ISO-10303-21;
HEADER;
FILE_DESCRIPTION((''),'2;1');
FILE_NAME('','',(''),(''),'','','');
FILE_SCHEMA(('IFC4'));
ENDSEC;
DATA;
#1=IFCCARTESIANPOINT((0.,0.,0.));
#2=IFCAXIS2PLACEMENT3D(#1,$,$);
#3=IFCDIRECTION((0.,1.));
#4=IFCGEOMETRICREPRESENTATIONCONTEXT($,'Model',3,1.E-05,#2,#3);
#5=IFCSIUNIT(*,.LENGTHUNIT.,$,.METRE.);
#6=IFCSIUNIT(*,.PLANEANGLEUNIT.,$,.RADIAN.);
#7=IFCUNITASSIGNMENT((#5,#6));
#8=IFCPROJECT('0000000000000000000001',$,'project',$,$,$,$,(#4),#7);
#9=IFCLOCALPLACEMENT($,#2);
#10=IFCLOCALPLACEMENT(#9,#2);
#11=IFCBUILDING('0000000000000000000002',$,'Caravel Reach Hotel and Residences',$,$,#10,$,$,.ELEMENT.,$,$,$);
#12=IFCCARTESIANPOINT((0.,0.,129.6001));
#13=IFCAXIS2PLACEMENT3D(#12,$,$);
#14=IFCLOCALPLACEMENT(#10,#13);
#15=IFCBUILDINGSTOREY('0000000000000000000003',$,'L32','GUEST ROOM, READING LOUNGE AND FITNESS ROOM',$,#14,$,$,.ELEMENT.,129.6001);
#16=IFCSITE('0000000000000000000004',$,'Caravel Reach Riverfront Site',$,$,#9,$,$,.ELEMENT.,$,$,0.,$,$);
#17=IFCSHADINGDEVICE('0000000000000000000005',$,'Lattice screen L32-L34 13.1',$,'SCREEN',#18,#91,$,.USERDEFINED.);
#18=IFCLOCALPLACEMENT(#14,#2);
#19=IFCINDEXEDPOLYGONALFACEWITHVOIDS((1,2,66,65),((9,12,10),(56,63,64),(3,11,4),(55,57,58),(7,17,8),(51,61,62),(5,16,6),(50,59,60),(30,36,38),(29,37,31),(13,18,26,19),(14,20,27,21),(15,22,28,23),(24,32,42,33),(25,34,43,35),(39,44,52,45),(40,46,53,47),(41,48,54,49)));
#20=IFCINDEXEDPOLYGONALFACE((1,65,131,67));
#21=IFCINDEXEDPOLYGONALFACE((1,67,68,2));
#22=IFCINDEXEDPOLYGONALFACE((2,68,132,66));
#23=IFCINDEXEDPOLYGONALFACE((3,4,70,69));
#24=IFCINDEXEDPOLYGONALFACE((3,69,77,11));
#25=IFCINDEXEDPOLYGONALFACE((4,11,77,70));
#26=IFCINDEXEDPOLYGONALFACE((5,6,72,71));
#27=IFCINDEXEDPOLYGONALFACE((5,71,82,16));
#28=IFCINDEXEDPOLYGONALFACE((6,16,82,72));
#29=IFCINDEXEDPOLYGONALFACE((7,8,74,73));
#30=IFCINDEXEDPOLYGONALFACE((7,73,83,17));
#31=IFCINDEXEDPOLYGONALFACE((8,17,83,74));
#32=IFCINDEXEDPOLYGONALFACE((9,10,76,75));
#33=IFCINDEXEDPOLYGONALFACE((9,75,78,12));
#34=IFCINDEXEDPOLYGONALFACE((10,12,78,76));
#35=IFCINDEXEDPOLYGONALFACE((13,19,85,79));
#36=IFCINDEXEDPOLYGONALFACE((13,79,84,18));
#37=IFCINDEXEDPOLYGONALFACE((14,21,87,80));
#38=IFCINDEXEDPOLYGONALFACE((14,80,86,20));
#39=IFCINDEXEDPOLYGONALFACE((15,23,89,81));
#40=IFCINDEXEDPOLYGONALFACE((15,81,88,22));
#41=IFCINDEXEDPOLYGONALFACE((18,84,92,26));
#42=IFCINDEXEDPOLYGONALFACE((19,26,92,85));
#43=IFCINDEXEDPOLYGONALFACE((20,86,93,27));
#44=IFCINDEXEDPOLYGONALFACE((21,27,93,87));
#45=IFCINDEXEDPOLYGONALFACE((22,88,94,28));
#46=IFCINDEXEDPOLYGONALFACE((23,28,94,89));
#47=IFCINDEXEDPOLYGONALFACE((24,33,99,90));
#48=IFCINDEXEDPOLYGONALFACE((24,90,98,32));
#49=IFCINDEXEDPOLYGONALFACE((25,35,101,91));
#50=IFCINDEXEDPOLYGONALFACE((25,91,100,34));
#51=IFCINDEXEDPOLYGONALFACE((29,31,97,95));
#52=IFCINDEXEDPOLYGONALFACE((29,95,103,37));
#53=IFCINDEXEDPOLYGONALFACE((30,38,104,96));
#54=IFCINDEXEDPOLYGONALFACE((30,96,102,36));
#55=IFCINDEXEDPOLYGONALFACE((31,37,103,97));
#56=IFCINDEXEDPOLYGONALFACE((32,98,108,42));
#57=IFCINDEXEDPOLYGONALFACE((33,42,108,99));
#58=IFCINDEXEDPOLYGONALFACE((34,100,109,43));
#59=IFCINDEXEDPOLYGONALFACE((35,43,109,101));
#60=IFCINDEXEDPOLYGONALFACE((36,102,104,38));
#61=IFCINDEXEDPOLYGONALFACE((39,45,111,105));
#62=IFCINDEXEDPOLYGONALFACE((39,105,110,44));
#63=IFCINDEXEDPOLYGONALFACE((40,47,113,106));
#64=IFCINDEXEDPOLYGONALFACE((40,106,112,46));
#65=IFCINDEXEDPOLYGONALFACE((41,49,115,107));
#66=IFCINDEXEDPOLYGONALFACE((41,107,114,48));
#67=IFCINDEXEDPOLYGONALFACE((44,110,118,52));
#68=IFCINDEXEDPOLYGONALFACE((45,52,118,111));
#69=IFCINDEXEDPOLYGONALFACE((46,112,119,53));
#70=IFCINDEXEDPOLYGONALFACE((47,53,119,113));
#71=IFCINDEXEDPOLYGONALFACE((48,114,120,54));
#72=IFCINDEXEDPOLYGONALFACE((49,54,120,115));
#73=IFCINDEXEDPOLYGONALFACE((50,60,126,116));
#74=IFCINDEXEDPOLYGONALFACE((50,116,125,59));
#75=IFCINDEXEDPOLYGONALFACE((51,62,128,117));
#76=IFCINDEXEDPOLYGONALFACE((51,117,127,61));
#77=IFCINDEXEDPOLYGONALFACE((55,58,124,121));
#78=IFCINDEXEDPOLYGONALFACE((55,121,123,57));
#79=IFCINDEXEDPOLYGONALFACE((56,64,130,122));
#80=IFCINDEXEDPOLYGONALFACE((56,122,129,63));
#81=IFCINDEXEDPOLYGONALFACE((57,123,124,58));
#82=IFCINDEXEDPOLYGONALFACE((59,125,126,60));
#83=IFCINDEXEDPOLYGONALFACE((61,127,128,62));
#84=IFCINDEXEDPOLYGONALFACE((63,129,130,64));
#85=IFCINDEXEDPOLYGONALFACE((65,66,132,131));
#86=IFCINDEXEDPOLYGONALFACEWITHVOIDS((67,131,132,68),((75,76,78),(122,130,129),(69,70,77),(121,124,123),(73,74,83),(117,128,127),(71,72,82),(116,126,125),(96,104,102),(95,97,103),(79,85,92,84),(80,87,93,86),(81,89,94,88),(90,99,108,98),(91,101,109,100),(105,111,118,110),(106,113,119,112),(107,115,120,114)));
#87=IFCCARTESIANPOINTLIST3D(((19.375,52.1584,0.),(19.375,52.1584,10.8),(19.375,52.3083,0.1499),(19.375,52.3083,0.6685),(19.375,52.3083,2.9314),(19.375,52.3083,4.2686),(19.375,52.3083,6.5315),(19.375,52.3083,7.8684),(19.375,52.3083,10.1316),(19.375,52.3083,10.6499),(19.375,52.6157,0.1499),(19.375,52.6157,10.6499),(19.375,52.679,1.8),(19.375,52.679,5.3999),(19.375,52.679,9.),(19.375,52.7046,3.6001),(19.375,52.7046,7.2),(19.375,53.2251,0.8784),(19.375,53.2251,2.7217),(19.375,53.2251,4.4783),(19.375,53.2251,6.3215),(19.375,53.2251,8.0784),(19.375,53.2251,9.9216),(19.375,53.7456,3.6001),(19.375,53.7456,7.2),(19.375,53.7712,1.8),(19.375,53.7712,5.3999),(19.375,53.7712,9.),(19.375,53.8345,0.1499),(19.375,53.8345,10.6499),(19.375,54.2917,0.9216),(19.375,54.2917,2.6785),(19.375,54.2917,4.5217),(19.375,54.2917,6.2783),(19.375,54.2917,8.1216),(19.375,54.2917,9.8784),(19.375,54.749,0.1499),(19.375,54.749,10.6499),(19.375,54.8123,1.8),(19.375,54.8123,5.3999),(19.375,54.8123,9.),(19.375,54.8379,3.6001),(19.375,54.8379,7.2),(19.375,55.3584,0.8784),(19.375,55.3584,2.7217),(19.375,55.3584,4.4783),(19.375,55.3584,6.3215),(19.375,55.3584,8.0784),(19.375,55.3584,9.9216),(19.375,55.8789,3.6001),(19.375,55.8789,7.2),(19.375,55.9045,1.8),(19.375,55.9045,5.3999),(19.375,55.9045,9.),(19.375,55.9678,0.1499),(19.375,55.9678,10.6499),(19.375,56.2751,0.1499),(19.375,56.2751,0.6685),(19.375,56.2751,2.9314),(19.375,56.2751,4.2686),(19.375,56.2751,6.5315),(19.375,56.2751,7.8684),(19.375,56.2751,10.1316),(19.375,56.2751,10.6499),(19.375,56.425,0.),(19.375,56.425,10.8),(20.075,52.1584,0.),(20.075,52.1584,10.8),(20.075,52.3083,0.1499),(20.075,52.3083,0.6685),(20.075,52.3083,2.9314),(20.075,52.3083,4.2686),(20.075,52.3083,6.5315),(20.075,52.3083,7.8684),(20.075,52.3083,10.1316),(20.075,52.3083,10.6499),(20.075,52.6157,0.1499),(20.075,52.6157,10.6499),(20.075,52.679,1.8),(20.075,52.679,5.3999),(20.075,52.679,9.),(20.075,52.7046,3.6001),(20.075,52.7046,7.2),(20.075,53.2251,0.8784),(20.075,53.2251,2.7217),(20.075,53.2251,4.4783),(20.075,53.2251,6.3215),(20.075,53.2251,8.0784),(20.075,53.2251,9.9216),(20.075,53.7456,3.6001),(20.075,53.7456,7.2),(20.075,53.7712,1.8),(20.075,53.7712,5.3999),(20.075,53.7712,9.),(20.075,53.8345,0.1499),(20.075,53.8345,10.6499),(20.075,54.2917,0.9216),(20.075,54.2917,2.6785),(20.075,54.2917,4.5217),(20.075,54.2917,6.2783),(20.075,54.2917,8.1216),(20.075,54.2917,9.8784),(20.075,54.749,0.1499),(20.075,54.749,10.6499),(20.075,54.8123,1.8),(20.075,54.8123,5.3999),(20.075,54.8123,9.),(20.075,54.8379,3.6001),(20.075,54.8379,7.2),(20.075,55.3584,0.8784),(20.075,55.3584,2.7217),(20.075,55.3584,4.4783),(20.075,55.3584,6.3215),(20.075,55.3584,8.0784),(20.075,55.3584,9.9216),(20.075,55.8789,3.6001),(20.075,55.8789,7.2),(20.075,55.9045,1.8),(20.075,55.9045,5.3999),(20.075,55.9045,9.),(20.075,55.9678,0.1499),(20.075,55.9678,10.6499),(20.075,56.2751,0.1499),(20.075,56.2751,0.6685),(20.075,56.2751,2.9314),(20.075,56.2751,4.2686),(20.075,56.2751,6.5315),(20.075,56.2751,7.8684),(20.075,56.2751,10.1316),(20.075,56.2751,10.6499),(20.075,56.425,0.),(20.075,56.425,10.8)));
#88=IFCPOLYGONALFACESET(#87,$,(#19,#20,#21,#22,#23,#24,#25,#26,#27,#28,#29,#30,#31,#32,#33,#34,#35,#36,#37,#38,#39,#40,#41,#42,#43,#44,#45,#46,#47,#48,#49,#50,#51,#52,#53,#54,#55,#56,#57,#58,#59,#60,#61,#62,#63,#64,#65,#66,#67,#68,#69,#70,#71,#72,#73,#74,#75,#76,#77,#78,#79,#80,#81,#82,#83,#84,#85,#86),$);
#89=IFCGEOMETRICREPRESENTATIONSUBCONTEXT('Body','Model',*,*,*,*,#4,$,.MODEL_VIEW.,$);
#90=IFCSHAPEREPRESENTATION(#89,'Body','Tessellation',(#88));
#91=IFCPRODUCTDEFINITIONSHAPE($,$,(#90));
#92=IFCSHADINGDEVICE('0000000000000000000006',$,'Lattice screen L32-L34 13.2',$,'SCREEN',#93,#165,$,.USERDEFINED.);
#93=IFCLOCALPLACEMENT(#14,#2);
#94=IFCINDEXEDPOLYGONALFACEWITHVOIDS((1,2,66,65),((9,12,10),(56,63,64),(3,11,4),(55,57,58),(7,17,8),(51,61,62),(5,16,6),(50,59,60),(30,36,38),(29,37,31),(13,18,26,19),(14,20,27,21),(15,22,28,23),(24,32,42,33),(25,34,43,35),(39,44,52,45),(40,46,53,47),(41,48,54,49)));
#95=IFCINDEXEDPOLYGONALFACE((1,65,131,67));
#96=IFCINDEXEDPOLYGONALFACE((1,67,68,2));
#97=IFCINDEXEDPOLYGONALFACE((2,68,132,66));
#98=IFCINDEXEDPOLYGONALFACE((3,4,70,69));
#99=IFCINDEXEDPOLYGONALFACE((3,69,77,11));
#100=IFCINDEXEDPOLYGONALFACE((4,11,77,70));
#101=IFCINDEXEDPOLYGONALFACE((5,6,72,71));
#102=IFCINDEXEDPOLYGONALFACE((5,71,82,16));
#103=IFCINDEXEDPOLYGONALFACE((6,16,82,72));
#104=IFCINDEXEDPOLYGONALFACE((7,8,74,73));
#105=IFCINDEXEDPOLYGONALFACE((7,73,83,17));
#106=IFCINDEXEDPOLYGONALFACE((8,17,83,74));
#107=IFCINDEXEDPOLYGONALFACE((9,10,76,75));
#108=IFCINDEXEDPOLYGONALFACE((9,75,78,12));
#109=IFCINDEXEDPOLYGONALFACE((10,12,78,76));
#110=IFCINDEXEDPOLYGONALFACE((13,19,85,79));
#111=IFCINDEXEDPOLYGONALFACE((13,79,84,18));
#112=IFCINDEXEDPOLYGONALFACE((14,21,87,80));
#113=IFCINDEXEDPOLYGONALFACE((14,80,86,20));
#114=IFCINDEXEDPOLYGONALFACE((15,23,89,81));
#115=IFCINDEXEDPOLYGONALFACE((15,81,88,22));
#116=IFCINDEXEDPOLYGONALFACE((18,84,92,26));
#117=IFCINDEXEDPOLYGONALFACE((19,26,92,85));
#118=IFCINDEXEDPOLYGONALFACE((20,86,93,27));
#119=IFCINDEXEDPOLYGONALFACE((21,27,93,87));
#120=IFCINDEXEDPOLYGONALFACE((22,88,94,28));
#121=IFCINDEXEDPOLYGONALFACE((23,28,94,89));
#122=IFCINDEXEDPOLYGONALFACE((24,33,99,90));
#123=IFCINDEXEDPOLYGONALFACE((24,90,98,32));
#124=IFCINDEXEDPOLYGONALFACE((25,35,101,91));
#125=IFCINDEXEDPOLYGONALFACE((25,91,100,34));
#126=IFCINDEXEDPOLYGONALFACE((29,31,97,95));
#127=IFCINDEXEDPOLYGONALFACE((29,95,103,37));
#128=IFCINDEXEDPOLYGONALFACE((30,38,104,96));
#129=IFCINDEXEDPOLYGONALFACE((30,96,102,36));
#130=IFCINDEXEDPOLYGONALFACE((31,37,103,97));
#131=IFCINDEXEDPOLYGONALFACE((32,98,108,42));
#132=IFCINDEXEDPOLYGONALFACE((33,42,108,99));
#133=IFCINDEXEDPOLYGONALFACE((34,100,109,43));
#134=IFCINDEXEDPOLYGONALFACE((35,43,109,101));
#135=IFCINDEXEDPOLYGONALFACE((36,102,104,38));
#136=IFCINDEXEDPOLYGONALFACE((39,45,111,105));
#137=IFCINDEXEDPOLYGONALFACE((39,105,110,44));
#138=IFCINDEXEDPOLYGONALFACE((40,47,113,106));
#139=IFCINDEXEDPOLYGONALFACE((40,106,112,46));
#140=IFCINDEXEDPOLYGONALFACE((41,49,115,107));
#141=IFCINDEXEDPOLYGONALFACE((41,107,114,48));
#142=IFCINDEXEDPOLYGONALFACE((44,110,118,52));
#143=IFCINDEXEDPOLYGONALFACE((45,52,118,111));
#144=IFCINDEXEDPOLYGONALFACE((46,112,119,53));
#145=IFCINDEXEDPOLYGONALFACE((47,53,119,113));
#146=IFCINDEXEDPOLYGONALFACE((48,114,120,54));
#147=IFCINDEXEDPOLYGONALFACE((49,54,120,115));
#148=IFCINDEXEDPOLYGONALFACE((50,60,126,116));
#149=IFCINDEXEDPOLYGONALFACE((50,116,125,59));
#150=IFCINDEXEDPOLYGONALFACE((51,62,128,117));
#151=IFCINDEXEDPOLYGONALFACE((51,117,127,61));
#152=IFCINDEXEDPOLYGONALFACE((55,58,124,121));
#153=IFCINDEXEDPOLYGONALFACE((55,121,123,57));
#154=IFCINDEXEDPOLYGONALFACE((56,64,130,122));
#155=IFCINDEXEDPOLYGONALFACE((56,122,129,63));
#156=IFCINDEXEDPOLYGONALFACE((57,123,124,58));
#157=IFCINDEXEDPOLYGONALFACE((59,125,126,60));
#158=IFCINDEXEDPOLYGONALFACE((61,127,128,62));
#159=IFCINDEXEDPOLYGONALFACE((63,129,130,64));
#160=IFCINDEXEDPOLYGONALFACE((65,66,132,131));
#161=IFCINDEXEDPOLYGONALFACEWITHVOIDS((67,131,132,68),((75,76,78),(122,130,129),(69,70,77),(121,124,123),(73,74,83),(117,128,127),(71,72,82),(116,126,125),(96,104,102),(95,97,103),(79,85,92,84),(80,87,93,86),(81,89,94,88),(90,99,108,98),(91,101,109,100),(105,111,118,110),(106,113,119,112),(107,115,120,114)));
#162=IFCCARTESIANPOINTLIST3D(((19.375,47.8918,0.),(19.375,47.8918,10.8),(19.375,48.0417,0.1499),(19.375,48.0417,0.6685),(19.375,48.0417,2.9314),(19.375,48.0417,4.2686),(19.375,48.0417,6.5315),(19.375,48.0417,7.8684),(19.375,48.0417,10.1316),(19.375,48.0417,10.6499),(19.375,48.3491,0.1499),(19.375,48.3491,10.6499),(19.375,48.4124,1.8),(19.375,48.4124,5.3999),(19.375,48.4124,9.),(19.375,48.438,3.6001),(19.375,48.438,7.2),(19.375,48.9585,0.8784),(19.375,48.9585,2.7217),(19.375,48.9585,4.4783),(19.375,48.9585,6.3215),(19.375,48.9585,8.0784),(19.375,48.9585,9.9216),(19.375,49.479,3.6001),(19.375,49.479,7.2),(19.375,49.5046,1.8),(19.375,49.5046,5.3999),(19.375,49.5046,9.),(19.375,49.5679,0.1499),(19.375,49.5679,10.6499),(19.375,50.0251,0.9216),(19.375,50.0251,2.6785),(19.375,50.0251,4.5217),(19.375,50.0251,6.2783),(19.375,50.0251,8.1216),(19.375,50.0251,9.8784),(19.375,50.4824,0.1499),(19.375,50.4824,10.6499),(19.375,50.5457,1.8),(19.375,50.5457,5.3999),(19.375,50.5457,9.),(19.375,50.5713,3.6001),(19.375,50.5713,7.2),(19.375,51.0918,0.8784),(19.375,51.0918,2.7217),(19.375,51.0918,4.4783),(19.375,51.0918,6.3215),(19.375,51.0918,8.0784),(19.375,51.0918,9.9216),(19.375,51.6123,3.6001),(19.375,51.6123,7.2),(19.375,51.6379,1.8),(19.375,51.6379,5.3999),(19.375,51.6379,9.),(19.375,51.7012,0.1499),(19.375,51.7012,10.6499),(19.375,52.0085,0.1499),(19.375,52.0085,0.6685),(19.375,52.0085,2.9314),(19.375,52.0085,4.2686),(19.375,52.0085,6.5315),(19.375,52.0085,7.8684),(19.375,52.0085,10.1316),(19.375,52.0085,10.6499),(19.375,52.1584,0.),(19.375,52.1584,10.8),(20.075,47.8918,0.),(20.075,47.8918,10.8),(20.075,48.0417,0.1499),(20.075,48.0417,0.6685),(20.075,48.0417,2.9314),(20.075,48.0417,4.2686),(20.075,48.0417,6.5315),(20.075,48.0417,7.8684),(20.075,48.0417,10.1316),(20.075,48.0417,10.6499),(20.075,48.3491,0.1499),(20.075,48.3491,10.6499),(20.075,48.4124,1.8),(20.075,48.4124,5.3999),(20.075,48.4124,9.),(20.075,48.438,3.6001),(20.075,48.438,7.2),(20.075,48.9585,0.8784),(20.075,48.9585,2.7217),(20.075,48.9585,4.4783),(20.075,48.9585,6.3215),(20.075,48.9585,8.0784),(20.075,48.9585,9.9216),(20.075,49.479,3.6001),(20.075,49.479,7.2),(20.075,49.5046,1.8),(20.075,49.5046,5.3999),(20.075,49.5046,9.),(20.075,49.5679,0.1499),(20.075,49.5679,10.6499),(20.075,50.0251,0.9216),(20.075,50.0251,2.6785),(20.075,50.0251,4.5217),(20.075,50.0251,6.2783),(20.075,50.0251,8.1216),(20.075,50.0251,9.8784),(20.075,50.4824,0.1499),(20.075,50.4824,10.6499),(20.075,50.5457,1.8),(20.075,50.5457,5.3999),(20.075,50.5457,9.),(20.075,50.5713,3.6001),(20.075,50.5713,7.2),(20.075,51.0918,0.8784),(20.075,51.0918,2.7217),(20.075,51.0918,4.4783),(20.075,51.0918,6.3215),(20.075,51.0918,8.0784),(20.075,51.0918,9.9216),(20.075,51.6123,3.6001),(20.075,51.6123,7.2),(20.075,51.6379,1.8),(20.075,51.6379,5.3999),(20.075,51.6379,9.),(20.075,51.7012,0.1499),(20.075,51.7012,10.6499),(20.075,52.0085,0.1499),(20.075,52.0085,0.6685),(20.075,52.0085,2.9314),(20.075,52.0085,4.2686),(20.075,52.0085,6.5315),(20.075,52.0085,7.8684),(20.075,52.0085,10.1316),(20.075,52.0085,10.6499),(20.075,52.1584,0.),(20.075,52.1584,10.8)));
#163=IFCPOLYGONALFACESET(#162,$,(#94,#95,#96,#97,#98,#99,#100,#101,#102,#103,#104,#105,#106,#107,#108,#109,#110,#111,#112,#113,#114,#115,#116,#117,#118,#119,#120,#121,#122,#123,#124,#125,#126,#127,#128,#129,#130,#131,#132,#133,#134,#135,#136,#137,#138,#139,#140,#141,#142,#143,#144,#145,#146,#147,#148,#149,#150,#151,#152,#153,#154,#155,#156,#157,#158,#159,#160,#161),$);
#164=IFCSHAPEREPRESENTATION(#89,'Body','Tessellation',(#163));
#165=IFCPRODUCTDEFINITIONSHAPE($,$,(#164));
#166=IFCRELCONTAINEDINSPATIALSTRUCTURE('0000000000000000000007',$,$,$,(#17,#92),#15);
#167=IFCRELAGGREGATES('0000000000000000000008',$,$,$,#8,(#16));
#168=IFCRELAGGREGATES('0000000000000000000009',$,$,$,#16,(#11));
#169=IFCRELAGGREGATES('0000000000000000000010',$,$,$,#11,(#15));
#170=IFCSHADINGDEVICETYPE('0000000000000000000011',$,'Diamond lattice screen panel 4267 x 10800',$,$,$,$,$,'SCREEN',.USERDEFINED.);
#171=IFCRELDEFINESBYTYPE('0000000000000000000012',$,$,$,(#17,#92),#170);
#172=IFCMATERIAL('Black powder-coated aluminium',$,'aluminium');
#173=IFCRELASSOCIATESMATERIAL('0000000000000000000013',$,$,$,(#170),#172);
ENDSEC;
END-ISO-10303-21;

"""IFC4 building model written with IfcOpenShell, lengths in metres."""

from ifc_helpers import new_model, si_unit, direction, frame, origin, place, context, subcontext, project, spatial, polyline, outline, extrude, material, type_object, element, save


model = new_model("IFC4")

# Units and contexts
model_context = context("Model", 3, precision=1e-05, world=origin(), true_north=direction((0.0, 1.0)))
body_context = subcontext(model_context, "Body", "Model", "MODEL_VIEW")
ifc_project = project(units=[si_unit("LENGTHUNIT", "METRE"), si_unit("PLANEANGLEUNIT", "RADIAN")], contexts=[model_context])

# Site, building, storey
site_placement = place(None, origin())
site = spatial("IfcSite", under=ifc_project, at=site_placement, Name="Caravel Reach Riverfront Site", CompositionType="ELEMENT", RefElevation=0.0)
building_placement = place(site_placement, origin())
building = spatial("IfcBuilding", under=site, at=building_placement, Name="Caravel Reach Hotel and Residences", CompositionType="ELEMENT")
storey_placement = place(building_placement, frame((0.0, 0.0, 129.6001)))
storey = spatial("IfcBuildingStorey", under=building, at=storey_placement, Name="L32", Description="GUEST ROOM, READING LOUNGE AND FITNESS ROOM", CompositionType="ELEMENT", Elevation=129.6001)

# Shading devices
ifc_material_1 = material(Name="Black powder-coated aluminium", Category="aluminium")
shading_device_type_1 = type_object("IfcShadingDeviceType", Name="Diamond lattice screen panel 4267 x 10800", ElementType="SCREEN", PredefinedType="USERDEFINED", material=ifc_material_1)
shading_device_1_placement = place(storey_placement, frame((20.075, 56.425, 0.0), z_axis=(-1.0, 0.0, 0.0), x_axis=(0.0, -1.0, 0.0)))
element("IfcShadingDevice", 1, at=shading_device_1_placement, inside=storey, type_object=shading_device_type_1, Name="Lattice screen L32-L34 13.1", ObjectType="SCREEN", PredefinedType="USERDEFINED", context=body_context, shape_type="SweptSolid", body=[
    extrude(outline(polyline([(0.0, 0.0), (4.2666, 0.0), (4.2666, 10.8), (0.0, 10.8), (0.0, 0.0)]), holes=[polyline([(0.4573, 0.1499), (0.1499, 0.6685), (0.1499, 0.1499), (0.4573, 0.1499)]), polyline([(0.5461, 3.6001), (0.1499, 4.2686), (0.1499, 2.9314), (0.5461, 3.6001)]), polyline([(0.5461, 7.2), (0.1499, 7.8684), (0.1499, 6.5315), (0.5461, 7.2)]), polyline([(0.1499, 10.1316), (0.4573, 10.6499), (0.1499, 10.6499), (0.1499, 10.1316)]), polyline([(1.0667, 2.7217), (0.5205, 1.8), (1.0667, 0.8784), (1.6128, 1.8), (1.0667, 2.7217)]), polyline([(1.0667, 6.3215), (0.5205, 5.3999), (1.0667, 4.4783), (1.6128, 5.3999), (1.0667, 6.3215)]), polyline([(1.0667, 9.9216), (0.5205, 9.0), (1.0667, 8.0784), (1.6128, 9.0), (1.0667, 9.9216)]), polyline([(2.1333, 0.9216), (1.676, 0.1499), (2.5906, 0.1499), (2.1333, 0.9216)]), polyline([(2.1333, 4.5217), (1.5872, 3.6001), (2.1333, 2.6785), (2.6794, 3.6001), (2.1333, 4.5217)]), polyline([(2.1333, 8.1216), (1.5872, 7.2), (2.1333, 6.2783), (2.6794, 7.2), (2.1333, 8.1216)]), polyline([(2.1333, 9.8784), (2.5906, 10.6499), (1.676, 10.6499), (2.1333, 9.8784)]), polyline([(3.2, 2.7217), (2.6538, 1.8), (3.2, 0.8784), (3.7461, 1.8), (3.2, 2.7217)]), polyline([(3.2, 6.3215), (2.6538, 5.3999), (3.2, 4.4783), (3.7461, 5.3999), (3.2, 6.3215)]), polyline([(3.2, 9.9216), (2.6538, 9.0), (3.2, 8.0784), (3.7461, 9.0), (3.2, 9.9216)]), polyline([(4.1167, 0.6685), (3.8093, 0.1499), (4.1167, 0.1499), (4.1167, 0.6685)]), polyline([(3.7205, 3.6001), (4.1167, 2.9314), (4.1167, 4.2686), (3.7205, 3.6001)]), polyline([(3.7205, 7.2), (4.1167, 6.5315), (4.1167, 7.8684), (3.7205, 7.2)]), polyline([(3.8093, 10.6499), (4.1167, 10.1316), (4.1167, 10.6499), (3.8093, 10.6499)])]), origin(), (0.0, 0.0, 1.0), 0.7),
])
shading_device_2_placement = place(storey_placement, frame((20.075, 52.1584, 0.0), z_axis=(-1.0, 0.0, 0.0), x_axis=(0.0, -1.0, 0.0)))
element("IfcShadingDevice", 2, at=shading_device_2_placement, inside=storey, type_object=shading_device_type_1, Name="Lattice screen L32-L34 13.2", ObjectType="SCREEN", PredefinedType="USERDEFINED", context=body_context, shape_type="SweptSolid", body=[
    extrude(outline(polyline([(0.0, 0.0), (4.2666, 0.0), (4.2666, 10.8), (0.0, 10.8), (0.0, 0.0)]), holes=[polyline([(0.4573, 0.1499), (0.1499, 0.6685), (0.1499, 0.1499), (0.4573, 0.1499)]), polyline([(0.5461, 3.6001), (0.1499, 4.2686), (0.1499, 2.9314), (0.5461, 3.6001)]), polyline([(0.5461, 7.2), (0.1499, 7.8684), (0.1499, 6.5315), (0.5461, 7.2)]), polyline([(0.1499, 10.1316), (0.4573, 10.6499), (0.1499, 10.6499), (0.1499, 10.1316)]), polyline([(1.0667, 2.7217), (0.5205, 1.8), (1.0667, 0.8784), (1.6128, 1.8), (1.0667, 2.7217)]), polyline([(1.0667, 6.3215), (0.5205, 5.3999), (1.0667, 4.4783), (1.6128, 5.3999), (1.0667, 6.3215)]), polyline([(1.0667, 9.9216), (0.5205, 9.0), (1.0667, 8.0784), (1.6128, 9.0), (1.0667, 9.9216)]), polyline([(2.1333, 0.9216), (1.676, 0.1499), (2.5906, 0.1499), (2.1333, 0.9216)]), polyline([(2.1333, 4.5217), (1.5872, 3.6001), (2.1333, 2.6785), (2.6794, 3.6001), (2.1333, 4.5217)]), polyline([(2.1333, 8.1216), (1.5872, 7.2), (2.1333, 6.2783), (2.6794, 7.2), (2.1333, 8.1216)]), polyline([(2.1333, 9.8784), (2.5906, 10.6499), (1.676, 10.6499), (2.1333, 9.8784)]), polyline([(3.2, 2.7217), (2.6538, 1.8), (3.2, 0.8784), (3.7461, 1.8), (3.2, 2.7217)]), polyline([(3.2, 6.3215), (2.6538, 5.3999), (3.2, 4.4783), (3.7461, 5.3999), (3.2, 6.3215)]), polyline([(3.2, 9.9216), (2.6538, 9.0), (3.2, 8.0784), (3.7461, 9.0), (3.2, 9.9216)]), polyline([(4.1167, 0.6685), (3.8093, 0.1499), (4.1167, 0.1499), (4.1167, 0.6685)]), polyline([(3.7205, 3.6001), (4.1167, 2.9314), (4.1167, 4.2686), (3.7205, 3.6001)]), polyline([(3.7205, 7.2), (4.1167, 6.5315), (4.1167, 7.8684), (3.7205, 7.2)]), polyline([(3.8093, 10.6499), (4.1167, 10.1316), (4.1167, 10.6499), (3.8093, 10.6499)])]), origin(), (0.0, 0.0, 1.0), 0.7),
])

save(model, "model.ifc")
